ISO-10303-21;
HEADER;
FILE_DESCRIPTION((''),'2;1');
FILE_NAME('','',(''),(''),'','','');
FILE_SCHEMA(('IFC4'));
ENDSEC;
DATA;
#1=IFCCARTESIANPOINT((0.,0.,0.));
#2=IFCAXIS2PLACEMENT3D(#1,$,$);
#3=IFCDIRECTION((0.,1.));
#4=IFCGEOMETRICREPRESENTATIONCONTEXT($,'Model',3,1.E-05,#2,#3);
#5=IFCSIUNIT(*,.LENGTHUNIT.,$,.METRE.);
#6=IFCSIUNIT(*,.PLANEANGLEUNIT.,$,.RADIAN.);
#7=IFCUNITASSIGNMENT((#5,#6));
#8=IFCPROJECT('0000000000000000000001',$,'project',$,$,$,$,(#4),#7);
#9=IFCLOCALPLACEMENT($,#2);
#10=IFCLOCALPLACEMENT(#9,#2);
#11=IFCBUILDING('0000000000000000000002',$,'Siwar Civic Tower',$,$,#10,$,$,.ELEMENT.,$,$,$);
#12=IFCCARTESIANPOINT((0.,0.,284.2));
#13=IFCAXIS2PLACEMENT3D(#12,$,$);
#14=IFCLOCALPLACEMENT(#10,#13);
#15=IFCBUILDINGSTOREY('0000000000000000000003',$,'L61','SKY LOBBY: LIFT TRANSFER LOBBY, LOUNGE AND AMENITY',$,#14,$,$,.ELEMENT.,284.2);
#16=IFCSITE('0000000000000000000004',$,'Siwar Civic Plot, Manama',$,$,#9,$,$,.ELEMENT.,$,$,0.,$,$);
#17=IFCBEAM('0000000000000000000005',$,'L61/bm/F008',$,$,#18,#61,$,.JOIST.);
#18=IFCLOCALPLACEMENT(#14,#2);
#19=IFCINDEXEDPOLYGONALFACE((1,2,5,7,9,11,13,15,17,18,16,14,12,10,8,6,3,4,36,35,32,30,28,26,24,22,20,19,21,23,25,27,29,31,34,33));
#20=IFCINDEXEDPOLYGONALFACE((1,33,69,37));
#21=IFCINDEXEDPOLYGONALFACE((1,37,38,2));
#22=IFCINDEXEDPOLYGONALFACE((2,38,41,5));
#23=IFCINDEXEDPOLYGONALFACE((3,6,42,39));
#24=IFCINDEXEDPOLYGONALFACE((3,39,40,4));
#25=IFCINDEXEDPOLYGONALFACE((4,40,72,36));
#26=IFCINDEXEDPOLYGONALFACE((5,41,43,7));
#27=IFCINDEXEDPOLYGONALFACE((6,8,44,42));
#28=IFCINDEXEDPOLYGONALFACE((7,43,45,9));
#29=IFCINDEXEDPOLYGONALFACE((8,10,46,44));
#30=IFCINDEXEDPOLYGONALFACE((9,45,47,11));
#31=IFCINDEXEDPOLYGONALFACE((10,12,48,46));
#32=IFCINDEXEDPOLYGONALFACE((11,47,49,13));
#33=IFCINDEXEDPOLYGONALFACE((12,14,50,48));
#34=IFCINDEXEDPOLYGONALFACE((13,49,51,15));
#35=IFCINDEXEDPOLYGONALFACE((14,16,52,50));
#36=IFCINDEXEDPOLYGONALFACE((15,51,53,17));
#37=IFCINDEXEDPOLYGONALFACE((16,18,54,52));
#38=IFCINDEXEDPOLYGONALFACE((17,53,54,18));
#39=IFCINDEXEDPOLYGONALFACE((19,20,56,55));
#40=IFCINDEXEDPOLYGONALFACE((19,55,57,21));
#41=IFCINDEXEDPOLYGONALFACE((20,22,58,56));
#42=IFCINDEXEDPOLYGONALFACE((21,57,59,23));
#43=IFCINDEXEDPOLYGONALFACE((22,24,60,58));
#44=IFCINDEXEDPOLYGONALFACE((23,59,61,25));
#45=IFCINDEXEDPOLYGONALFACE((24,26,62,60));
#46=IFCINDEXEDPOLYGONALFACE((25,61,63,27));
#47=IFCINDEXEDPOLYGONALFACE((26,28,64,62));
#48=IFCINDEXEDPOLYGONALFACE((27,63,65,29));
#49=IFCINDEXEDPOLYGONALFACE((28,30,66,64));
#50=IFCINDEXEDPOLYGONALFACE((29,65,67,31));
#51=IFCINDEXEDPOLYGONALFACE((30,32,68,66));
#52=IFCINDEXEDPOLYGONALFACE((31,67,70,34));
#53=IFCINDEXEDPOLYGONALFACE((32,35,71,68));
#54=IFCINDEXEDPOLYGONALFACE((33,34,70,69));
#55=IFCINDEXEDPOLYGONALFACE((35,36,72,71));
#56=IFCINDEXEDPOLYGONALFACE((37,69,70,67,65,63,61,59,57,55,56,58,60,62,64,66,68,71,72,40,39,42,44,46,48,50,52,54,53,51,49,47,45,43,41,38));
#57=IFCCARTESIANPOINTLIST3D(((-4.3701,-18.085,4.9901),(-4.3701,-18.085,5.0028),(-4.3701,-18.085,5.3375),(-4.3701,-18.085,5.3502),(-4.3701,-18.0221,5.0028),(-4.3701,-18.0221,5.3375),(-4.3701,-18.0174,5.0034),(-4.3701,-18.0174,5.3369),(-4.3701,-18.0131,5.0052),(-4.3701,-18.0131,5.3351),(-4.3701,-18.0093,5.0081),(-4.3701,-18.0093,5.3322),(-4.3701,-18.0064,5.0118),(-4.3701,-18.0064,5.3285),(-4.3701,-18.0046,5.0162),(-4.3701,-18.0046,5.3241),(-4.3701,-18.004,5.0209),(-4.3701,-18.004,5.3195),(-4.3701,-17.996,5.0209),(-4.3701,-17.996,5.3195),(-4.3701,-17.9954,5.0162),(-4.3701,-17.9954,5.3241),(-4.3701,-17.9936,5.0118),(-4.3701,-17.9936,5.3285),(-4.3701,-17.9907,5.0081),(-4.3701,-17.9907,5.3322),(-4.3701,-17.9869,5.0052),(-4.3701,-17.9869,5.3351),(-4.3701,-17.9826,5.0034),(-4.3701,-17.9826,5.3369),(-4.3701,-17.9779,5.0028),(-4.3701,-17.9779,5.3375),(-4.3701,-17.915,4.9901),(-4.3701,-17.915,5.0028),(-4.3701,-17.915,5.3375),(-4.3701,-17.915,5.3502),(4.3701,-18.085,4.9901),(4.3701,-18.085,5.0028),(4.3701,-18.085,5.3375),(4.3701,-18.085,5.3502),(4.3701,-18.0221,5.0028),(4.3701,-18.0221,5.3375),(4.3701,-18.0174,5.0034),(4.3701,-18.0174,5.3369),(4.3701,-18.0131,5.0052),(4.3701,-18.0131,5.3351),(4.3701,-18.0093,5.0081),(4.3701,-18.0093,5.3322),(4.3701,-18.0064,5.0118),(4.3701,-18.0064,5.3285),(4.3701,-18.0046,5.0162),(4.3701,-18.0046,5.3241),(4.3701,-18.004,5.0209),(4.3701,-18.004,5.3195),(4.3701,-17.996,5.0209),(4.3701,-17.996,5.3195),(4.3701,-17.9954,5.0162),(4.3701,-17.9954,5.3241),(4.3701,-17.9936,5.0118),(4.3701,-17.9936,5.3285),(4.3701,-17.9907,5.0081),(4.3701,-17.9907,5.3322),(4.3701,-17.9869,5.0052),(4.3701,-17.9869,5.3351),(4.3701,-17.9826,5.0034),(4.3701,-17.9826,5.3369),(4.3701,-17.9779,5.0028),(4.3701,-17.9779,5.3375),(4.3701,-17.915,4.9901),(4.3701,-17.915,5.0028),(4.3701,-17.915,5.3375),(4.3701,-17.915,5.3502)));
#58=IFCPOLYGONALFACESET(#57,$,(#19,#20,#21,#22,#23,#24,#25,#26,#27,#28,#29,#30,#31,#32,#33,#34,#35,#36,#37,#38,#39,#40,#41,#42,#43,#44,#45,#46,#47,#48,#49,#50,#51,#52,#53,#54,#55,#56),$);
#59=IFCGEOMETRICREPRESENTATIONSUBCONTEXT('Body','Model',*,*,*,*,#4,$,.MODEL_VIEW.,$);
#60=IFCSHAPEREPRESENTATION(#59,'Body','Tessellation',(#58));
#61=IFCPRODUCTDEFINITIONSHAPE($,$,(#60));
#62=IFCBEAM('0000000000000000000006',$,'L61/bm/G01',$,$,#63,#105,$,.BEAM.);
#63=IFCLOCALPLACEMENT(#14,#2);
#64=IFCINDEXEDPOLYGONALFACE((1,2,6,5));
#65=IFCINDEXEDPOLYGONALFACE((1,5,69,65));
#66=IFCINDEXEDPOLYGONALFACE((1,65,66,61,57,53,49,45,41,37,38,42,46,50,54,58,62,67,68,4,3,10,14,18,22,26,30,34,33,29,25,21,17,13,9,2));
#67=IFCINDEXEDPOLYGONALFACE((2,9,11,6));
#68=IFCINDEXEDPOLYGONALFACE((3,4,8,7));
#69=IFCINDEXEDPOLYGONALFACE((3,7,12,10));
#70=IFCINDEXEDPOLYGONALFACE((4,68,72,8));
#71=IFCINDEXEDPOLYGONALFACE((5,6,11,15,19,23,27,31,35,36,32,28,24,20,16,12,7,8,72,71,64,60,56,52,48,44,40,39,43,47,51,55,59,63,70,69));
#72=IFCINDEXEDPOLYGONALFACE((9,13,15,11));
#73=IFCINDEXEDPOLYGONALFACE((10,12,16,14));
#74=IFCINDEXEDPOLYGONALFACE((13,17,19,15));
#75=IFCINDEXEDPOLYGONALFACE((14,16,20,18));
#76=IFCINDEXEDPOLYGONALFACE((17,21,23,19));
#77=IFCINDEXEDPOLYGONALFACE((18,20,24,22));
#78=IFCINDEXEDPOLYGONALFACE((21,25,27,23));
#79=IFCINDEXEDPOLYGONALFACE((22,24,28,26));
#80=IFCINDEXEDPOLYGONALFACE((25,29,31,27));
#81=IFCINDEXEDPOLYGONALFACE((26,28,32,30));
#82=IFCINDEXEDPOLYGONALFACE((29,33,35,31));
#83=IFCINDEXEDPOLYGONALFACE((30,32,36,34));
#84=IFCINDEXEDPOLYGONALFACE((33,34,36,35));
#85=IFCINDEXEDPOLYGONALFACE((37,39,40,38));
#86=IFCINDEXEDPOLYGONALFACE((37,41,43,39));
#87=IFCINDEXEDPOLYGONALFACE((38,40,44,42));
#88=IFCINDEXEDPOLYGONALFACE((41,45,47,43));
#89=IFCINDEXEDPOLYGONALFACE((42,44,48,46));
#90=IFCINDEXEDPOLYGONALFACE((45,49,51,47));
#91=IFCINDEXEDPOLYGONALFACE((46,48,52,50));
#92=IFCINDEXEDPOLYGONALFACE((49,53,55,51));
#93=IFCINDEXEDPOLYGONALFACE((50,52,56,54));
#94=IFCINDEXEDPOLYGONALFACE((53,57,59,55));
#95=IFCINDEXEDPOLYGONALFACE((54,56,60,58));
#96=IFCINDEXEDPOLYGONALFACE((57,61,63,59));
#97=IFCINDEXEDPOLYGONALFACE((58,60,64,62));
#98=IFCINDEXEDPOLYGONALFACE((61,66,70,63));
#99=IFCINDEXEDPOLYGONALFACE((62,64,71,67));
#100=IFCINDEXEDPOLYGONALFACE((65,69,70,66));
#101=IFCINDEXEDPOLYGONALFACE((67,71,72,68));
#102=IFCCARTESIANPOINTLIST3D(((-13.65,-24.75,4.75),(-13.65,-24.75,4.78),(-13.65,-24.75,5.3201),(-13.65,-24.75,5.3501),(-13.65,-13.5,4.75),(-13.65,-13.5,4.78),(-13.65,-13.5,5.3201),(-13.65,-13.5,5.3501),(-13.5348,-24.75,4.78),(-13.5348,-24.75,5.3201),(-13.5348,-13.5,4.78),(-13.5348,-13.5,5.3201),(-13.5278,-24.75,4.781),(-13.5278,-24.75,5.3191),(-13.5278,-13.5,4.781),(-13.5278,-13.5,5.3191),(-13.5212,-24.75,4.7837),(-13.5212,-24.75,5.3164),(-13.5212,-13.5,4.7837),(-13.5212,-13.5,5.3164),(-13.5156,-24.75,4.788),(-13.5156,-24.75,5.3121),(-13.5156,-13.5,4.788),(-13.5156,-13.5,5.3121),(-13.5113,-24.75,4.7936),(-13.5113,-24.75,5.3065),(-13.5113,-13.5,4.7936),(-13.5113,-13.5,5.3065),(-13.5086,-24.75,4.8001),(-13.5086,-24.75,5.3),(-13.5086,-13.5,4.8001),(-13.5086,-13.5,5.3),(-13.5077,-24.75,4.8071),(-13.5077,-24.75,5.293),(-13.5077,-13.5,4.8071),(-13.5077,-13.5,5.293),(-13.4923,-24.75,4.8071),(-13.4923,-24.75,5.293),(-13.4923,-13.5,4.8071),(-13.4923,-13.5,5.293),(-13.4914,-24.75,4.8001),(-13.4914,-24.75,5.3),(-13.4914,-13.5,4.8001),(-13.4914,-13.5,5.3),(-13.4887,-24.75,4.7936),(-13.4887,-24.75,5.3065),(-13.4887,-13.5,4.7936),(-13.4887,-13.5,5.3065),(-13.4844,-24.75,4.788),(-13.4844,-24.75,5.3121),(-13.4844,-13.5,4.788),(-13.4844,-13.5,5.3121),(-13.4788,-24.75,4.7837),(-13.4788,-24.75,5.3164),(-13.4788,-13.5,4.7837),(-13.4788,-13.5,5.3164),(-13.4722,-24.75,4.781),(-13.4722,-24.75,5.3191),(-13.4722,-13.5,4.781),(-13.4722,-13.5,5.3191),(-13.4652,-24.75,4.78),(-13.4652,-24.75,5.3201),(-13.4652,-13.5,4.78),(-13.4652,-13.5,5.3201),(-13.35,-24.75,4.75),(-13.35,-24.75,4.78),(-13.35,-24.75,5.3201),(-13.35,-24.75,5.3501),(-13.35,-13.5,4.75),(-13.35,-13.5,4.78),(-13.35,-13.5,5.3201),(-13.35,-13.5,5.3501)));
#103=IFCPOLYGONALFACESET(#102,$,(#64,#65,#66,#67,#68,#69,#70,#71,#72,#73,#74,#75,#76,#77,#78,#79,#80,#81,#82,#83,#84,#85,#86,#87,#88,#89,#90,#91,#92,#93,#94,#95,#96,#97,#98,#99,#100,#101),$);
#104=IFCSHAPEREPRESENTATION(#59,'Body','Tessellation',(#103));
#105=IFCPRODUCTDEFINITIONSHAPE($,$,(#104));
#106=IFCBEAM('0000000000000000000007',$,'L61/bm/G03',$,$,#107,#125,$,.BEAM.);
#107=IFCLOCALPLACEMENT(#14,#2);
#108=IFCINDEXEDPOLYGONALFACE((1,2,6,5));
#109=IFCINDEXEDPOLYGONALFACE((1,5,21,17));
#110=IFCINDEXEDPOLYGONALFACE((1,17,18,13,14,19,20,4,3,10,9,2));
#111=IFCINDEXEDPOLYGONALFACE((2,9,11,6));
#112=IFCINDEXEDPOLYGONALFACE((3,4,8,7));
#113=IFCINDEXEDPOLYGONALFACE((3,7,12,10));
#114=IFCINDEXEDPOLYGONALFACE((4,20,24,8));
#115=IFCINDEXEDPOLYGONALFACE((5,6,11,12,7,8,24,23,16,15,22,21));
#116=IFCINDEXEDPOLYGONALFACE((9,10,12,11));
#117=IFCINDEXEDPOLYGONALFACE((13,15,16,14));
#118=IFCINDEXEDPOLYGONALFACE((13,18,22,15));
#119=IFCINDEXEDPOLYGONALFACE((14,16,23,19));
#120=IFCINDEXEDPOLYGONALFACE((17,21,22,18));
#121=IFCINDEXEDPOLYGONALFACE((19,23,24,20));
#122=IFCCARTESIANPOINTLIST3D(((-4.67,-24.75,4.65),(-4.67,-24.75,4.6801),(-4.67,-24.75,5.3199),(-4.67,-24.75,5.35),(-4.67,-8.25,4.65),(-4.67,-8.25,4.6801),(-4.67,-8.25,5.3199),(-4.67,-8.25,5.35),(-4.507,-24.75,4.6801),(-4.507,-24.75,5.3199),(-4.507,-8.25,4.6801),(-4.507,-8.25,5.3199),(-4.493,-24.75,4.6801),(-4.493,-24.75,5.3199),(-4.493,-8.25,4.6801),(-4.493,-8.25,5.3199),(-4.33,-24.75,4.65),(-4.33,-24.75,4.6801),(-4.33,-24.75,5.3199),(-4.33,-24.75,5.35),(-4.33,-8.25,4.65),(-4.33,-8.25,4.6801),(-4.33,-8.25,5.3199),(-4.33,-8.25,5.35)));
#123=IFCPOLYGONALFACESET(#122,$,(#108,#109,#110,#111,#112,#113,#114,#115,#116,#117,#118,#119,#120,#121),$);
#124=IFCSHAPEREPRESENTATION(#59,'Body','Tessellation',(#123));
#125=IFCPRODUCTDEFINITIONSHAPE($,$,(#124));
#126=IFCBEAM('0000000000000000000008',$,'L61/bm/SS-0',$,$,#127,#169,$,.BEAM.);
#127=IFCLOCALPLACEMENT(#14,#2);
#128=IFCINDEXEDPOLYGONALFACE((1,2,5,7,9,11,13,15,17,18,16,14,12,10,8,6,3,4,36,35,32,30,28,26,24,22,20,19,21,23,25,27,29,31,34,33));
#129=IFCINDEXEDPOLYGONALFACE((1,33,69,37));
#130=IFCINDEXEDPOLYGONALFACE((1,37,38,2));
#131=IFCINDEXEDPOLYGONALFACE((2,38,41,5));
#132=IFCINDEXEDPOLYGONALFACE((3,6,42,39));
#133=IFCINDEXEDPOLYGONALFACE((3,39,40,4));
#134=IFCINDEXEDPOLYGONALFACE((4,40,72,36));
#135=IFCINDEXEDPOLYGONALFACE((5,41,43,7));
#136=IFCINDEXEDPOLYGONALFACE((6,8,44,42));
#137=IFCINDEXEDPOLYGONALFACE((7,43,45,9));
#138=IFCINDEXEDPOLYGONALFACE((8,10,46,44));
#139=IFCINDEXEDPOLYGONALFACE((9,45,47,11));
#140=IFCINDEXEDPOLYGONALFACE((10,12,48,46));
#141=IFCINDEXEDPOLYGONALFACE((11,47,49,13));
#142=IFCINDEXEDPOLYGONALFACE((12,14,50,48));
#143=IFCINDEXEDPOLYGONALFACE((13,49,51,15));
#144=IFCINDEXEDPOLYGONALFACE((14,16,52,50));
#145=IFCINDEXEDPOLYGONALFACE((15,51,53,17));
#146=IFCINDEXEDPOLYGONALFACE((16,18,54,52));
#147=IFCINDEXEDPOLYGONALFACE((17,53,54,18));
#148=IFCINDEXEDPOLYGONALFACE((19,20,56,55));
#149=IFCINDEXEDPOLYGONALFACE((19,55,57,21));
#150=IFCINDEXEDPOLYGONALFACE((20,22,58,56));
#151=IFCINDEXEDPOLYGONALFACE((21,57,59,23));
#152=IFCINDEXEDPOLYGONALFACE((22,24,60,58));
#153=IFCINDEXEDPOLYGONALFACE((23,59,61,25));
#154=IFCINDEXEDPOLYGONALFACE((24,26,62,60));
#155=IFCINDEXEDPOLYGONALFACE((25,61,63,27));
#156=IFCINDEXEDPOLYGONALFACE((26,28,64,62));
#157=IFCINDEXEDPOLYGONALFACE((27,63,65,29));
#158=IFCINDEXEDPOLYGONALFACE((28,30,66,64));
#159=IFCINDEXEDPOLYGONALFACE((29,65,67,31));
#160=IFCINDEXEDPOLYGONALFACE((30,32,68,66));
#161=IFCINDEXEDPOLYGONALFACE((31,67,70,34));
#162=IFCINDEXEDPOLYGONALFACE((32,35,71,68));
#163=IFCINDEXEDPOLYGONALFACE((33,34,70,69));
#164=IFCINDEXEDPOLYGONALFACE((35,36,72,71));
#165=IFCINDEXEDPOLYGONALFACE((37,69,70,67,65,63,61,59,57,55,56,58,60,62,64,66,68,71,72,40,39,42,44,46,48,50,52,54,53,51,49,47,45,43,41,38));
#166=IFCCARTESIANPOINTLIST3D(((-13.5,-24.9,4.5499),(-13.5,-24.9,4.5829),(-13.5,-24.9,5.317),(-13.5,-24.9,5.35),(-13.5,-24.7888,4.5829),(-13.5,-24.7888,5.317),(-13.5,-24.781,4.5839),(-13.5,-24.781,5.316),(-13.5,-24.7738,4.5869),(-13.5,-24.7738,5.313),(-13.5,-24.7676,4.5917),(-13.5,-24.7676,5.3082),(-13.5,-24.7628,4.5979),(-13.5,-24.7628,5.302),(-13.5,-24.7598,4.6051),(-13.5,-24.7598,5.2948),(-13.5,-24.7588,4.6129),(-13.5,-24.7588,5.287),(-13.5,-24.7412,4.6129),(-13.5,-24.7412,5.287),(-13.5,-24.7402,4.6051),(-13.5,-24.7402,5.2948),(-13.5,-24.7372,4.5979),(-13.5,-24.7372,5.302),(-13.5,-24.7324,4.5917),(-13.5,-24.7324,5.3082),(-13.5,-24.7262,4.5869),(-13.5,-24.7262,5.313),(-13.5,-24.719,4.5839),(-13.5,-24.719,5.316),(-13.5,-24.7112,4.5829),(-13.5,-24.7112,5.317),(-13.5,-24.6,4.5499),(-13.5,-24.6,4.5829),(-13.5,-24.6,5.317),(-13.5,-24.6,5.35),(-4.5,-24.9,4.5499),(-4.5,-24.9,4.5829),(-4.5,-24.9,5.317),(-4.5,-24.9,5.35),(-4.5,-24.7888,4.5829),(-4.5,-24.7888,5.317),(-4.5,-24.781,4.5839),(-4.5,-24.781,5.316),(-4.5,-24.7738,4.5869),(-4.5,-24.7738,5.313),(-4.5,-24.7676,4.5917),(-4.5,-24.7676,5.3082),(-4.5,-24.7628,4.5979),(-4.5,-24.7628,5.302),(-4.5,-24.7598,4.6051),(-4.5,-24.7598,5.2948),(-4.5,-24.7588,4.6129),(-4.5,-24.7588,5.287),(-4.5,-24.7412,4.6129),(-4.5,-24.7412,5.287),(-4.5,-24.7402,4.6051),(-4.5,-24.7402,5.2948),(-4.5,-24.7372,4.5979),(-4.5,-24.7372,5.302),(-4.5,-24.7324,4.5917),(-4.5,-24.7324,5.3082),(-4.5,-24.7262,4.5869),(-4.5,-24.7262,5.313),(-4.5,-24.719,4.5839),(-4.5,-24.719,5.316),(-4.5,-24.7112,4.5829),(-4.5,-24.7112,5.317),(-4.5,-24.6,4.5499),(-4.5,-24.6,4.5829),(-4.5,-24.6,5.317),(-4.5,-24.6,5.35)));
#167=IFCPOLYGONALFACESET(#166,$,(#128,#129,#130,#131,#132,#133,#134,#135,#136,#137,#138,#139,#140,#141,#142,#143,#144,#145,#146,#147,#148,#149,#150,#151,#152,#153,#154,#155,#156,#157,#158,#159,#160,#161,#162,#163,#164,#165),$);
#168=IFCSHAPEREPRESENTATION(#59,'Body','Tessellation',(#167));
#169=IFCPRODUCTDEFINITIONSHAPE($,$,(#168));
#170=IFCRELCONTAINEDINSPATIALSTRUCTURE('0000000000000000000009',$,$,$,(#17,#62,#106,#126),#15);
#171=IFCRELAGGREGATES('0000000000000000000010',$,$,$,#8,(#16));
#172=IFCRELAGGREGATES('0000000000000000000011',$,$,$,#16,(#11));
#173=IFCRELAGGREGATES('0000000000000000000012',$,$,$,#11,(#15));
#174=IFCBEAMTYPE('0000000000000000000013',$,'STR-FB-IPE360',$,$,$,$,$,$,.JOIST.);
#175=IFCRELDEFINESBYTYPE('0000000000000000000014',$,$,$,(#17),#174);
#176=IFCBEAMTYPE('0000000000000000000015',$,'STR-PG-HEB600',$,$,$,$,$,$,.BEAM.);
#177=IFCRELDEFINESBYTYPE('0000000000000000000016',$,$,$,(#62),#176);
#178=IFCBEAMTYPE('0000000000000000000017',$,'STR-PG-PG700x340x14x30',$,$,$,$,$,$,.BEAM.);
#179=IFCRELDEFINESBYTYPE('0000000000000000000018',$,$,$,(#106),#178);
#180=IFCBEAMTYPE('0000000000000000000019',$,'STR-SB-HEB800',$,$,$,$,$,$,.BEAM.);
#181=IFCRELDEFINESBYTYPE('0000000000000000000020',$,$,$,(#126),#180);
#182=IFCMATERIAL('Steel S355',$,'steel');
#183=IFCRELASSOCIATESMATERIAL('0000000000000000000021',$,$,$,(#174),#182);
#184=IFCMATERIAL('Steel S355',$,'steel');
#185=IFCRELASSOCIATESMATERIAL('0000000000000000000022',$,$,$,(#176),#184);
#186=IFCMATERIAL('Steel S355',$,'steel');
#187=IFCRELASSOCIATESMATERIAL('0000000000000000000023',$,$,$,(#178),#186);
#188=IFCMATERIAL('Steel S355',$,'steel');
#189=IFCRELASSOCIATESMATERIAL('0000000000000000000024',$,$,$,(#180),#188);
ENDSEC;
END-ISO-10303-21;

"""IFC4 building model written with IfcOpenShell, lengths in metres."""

from ifc_helpers import new_model, si_unit, direction, frame, origin, origin_2d, place, context, subcontext, project, spatial, i_section, extrude, material, material_profile, profile_set, type_object, element, save


model = new_model("IFC4")

# Units and contexts
model_context = context("Model", 3, precision=1e-05, world=origin(), true_north=direction((0.0, 1.0)))
body_context = subcontext(model_context, "Body", "Model", "MODEL_VIEW")
ifc_project = project(units=[si_unit("LENGTHUNIT", "METRE"), si_unit("PLANEANGLEUNIT", "RADIAN")], contexts=[model_context])

# Site, building, storey
site_placement = place(None, origin())
site = spatial("IfcSite", under=ifc_project, at=site_placement, Name="Siwar Civic Plot, Manama", CompositionType="ELEMENT", RefElevation=0.0)
building_placement = place(site_placement, origin())
building = spatial("IfcBuilding", under=site, at=building_placement, Name="Siwar Civic Tower", CompositionType="ELEMENT")
storey_placement = place(building_placement, frame((0.0, 0.0, 284.2)))
storey = spatial("IfcBuildingStorey", under=building, at=storey_placement, Name="L61", Description="SKY LOBBY: LIFT TRANSFER LOBBY, LOUNGE AND AMENITY", CompositionType="ELEMENT", Elevation=284.2)

# Beams
ifc_material_1 = material(Name="Steel S355", Category="steel")
ifc_material_profile_1 = material_profile(ifc_material_1, i_section(OverallWidth=0.1699, OverallDepth=0.3601, WebThickness=0.0081, FlangeThickness=0.0127, FilletRadius=0.0181, at=origin_2d()), Name="IPE360")
ifc_profile_set_1 = profile_set([ifc_material_profile_1], Name="Steel S355")
beam_type_1 = type_object("IfcBeamType", Name="STR-FB-IPE360", PredefinedType="JOIST", material=ifc_profile_set_1)
for number, where, z_axis, x_axis, name in (
    (1, (-4.3701, -18.0, 5.1702), (1.0, 0.0, 0.0), (0.0, 1.0, 0.0), "L61/bm/F008"),
):
    element("IfcBeam", number, at=place(storey_placement, frame(where, z_axis=z_axis, x_axis=x_axis)), inside=storey, type_object=beam_type_1, Name=name, PredefinedType="JOIST", context=body_context, shape_type="SweptSolid", body=[
        extrude(i_section(OverallWidth=0.1699, OverallDepth=0.3601, WebThickness=0.0081, FlangeThickness=0.0127, FilletRadius=0.0181, at=origin_2d()), origin(), (0.0, 0.0, 1.0), 8.7402),
    ])
ifc_material_2 = material(Name="Steel S355", Category="steel")
ifc_material_profile_2 = material_profile(ifc_material_2, i_section(OverallWidth=0.3, OverallDepth=0.6001, WebThickness=0.0154, FlangeThickness=0.03, FilletRadius=0.0271, at=origin_2d()), Name="HEB600")
ifc_profile_set_2 = profile_set([ifc_material_profile_2], Name="Steel S355")
beam_type_2 = type_object("IfcBeamType", Name="STR-PG-HEB600", PredefinedType="BEAM", material=ifc_profile_set_2)
beam_1_placement = place(storey_placement, frame((-13.5, -24.75, 5.05), z_axis=(0.0, 1.0, 0.0), x_axis=(-1.0, 0.0, 0.0)))
element("IfcBeam", 2, at=beam_1_placement, inside=storey, type_object=beam_type_2, Name="L61/bm/G01", PredefinedType="BEAM", context=body_context, shape_type="SweptSolid", body=[
    extrude(i_section(OverallWidth=0.3, OverallDepth=0.6001, WebThickness=0.0154, FlangeThickness=0.03, FilletRadius=0.0271, at=origin_2d()), origin(), (0.0, 0.0, 1.0), 11.25),
])
ifc_material_3 = material(Name="Steel S355", Category="steel")
ifc_material_profile_3 = material_profile(ifc_material_3, i_section(OverallWidth=0.3401, OverallDepth=0.7, WebThickness=0.0139, FlangeThickness=0.03, at=origin_2d()), Name="PG700x340x14x30")
ifc_profile_set_3 = profile_set([ifc_material_profile_3], Name="Steel S355")
beam_type_3 = type_object("IfcBeamType", Name="STR-PG-PG700x340x14x30", PredefinedType="BEAM", material=ifc_profile_set_3)
beam_2_placement = place(storey_placement, frame((-4.5, -24.75, 5.0), z_axis=(0.0, 1.0, 0.0), x_axis=(-1.0, 0.0, 0.0)))
element("IfcBeam", 3, at=beam_2_placement, inside=storey, type_object=beam_type_3, Name="L61/bm/G03", PredefinedType="BEAM", context=body_context, shape_type="SweptSolid", body=[
    extrude(i_section(OverallWidth=0.3401, OverallDepth=0.7, WebThickness=0.0139, FlangeThickness=0.03, at=origin_2d()), origin(), (0.0, 0.0, 1.0), 16.5),
])
ifc_material_4 = material(Name="Steel S355", Category="steel")
ifc_material_profile_4 = material_profile(ifc_material_4, i_section(OverallWidth=0.3, OverallDepth=0.8, WebThickness=0.0176, FlangeThickness=0.033, FilletRadius=0.03, at=origin_2d()), Name="HEB800")
ifc_profile_set_4 = profile_set([ifc_material_profile_4], Name="Steel S355")
beam_type_4 = type_object("IfcBeamType", Name="STR-SB-HEB800", PredefinedType="BEAM", material=ifc_profile_set_4)
for number, where, z_axis, x_axis, name in (
    (4, (-13.5, -24.75, 4.95), (1.0, 0.0, 0.0), (0.0, 1.0, 0.0), "L61/bm/SS-0"),
):
    element("IfcBeam", number, at=place(storey_placement, frame(where, z_axis=z_axis, x_axis=x_axis)), inside=storey, type_object=beam_type_4, Name=name, PredefinedType="BEAM", context=body_context, shape_type="SweptSolid", body=[
        extrude(i_section(OverallWidth=0.3, OverallDepth=0.8, WebThickness=0.0176, FlangeThickness=0.033, FilletRadius=0.03, at=origin_2d()), origin(), (0.0, 0.0, 1.0), 9.0),
    ])

save(model, "model.ifc")
